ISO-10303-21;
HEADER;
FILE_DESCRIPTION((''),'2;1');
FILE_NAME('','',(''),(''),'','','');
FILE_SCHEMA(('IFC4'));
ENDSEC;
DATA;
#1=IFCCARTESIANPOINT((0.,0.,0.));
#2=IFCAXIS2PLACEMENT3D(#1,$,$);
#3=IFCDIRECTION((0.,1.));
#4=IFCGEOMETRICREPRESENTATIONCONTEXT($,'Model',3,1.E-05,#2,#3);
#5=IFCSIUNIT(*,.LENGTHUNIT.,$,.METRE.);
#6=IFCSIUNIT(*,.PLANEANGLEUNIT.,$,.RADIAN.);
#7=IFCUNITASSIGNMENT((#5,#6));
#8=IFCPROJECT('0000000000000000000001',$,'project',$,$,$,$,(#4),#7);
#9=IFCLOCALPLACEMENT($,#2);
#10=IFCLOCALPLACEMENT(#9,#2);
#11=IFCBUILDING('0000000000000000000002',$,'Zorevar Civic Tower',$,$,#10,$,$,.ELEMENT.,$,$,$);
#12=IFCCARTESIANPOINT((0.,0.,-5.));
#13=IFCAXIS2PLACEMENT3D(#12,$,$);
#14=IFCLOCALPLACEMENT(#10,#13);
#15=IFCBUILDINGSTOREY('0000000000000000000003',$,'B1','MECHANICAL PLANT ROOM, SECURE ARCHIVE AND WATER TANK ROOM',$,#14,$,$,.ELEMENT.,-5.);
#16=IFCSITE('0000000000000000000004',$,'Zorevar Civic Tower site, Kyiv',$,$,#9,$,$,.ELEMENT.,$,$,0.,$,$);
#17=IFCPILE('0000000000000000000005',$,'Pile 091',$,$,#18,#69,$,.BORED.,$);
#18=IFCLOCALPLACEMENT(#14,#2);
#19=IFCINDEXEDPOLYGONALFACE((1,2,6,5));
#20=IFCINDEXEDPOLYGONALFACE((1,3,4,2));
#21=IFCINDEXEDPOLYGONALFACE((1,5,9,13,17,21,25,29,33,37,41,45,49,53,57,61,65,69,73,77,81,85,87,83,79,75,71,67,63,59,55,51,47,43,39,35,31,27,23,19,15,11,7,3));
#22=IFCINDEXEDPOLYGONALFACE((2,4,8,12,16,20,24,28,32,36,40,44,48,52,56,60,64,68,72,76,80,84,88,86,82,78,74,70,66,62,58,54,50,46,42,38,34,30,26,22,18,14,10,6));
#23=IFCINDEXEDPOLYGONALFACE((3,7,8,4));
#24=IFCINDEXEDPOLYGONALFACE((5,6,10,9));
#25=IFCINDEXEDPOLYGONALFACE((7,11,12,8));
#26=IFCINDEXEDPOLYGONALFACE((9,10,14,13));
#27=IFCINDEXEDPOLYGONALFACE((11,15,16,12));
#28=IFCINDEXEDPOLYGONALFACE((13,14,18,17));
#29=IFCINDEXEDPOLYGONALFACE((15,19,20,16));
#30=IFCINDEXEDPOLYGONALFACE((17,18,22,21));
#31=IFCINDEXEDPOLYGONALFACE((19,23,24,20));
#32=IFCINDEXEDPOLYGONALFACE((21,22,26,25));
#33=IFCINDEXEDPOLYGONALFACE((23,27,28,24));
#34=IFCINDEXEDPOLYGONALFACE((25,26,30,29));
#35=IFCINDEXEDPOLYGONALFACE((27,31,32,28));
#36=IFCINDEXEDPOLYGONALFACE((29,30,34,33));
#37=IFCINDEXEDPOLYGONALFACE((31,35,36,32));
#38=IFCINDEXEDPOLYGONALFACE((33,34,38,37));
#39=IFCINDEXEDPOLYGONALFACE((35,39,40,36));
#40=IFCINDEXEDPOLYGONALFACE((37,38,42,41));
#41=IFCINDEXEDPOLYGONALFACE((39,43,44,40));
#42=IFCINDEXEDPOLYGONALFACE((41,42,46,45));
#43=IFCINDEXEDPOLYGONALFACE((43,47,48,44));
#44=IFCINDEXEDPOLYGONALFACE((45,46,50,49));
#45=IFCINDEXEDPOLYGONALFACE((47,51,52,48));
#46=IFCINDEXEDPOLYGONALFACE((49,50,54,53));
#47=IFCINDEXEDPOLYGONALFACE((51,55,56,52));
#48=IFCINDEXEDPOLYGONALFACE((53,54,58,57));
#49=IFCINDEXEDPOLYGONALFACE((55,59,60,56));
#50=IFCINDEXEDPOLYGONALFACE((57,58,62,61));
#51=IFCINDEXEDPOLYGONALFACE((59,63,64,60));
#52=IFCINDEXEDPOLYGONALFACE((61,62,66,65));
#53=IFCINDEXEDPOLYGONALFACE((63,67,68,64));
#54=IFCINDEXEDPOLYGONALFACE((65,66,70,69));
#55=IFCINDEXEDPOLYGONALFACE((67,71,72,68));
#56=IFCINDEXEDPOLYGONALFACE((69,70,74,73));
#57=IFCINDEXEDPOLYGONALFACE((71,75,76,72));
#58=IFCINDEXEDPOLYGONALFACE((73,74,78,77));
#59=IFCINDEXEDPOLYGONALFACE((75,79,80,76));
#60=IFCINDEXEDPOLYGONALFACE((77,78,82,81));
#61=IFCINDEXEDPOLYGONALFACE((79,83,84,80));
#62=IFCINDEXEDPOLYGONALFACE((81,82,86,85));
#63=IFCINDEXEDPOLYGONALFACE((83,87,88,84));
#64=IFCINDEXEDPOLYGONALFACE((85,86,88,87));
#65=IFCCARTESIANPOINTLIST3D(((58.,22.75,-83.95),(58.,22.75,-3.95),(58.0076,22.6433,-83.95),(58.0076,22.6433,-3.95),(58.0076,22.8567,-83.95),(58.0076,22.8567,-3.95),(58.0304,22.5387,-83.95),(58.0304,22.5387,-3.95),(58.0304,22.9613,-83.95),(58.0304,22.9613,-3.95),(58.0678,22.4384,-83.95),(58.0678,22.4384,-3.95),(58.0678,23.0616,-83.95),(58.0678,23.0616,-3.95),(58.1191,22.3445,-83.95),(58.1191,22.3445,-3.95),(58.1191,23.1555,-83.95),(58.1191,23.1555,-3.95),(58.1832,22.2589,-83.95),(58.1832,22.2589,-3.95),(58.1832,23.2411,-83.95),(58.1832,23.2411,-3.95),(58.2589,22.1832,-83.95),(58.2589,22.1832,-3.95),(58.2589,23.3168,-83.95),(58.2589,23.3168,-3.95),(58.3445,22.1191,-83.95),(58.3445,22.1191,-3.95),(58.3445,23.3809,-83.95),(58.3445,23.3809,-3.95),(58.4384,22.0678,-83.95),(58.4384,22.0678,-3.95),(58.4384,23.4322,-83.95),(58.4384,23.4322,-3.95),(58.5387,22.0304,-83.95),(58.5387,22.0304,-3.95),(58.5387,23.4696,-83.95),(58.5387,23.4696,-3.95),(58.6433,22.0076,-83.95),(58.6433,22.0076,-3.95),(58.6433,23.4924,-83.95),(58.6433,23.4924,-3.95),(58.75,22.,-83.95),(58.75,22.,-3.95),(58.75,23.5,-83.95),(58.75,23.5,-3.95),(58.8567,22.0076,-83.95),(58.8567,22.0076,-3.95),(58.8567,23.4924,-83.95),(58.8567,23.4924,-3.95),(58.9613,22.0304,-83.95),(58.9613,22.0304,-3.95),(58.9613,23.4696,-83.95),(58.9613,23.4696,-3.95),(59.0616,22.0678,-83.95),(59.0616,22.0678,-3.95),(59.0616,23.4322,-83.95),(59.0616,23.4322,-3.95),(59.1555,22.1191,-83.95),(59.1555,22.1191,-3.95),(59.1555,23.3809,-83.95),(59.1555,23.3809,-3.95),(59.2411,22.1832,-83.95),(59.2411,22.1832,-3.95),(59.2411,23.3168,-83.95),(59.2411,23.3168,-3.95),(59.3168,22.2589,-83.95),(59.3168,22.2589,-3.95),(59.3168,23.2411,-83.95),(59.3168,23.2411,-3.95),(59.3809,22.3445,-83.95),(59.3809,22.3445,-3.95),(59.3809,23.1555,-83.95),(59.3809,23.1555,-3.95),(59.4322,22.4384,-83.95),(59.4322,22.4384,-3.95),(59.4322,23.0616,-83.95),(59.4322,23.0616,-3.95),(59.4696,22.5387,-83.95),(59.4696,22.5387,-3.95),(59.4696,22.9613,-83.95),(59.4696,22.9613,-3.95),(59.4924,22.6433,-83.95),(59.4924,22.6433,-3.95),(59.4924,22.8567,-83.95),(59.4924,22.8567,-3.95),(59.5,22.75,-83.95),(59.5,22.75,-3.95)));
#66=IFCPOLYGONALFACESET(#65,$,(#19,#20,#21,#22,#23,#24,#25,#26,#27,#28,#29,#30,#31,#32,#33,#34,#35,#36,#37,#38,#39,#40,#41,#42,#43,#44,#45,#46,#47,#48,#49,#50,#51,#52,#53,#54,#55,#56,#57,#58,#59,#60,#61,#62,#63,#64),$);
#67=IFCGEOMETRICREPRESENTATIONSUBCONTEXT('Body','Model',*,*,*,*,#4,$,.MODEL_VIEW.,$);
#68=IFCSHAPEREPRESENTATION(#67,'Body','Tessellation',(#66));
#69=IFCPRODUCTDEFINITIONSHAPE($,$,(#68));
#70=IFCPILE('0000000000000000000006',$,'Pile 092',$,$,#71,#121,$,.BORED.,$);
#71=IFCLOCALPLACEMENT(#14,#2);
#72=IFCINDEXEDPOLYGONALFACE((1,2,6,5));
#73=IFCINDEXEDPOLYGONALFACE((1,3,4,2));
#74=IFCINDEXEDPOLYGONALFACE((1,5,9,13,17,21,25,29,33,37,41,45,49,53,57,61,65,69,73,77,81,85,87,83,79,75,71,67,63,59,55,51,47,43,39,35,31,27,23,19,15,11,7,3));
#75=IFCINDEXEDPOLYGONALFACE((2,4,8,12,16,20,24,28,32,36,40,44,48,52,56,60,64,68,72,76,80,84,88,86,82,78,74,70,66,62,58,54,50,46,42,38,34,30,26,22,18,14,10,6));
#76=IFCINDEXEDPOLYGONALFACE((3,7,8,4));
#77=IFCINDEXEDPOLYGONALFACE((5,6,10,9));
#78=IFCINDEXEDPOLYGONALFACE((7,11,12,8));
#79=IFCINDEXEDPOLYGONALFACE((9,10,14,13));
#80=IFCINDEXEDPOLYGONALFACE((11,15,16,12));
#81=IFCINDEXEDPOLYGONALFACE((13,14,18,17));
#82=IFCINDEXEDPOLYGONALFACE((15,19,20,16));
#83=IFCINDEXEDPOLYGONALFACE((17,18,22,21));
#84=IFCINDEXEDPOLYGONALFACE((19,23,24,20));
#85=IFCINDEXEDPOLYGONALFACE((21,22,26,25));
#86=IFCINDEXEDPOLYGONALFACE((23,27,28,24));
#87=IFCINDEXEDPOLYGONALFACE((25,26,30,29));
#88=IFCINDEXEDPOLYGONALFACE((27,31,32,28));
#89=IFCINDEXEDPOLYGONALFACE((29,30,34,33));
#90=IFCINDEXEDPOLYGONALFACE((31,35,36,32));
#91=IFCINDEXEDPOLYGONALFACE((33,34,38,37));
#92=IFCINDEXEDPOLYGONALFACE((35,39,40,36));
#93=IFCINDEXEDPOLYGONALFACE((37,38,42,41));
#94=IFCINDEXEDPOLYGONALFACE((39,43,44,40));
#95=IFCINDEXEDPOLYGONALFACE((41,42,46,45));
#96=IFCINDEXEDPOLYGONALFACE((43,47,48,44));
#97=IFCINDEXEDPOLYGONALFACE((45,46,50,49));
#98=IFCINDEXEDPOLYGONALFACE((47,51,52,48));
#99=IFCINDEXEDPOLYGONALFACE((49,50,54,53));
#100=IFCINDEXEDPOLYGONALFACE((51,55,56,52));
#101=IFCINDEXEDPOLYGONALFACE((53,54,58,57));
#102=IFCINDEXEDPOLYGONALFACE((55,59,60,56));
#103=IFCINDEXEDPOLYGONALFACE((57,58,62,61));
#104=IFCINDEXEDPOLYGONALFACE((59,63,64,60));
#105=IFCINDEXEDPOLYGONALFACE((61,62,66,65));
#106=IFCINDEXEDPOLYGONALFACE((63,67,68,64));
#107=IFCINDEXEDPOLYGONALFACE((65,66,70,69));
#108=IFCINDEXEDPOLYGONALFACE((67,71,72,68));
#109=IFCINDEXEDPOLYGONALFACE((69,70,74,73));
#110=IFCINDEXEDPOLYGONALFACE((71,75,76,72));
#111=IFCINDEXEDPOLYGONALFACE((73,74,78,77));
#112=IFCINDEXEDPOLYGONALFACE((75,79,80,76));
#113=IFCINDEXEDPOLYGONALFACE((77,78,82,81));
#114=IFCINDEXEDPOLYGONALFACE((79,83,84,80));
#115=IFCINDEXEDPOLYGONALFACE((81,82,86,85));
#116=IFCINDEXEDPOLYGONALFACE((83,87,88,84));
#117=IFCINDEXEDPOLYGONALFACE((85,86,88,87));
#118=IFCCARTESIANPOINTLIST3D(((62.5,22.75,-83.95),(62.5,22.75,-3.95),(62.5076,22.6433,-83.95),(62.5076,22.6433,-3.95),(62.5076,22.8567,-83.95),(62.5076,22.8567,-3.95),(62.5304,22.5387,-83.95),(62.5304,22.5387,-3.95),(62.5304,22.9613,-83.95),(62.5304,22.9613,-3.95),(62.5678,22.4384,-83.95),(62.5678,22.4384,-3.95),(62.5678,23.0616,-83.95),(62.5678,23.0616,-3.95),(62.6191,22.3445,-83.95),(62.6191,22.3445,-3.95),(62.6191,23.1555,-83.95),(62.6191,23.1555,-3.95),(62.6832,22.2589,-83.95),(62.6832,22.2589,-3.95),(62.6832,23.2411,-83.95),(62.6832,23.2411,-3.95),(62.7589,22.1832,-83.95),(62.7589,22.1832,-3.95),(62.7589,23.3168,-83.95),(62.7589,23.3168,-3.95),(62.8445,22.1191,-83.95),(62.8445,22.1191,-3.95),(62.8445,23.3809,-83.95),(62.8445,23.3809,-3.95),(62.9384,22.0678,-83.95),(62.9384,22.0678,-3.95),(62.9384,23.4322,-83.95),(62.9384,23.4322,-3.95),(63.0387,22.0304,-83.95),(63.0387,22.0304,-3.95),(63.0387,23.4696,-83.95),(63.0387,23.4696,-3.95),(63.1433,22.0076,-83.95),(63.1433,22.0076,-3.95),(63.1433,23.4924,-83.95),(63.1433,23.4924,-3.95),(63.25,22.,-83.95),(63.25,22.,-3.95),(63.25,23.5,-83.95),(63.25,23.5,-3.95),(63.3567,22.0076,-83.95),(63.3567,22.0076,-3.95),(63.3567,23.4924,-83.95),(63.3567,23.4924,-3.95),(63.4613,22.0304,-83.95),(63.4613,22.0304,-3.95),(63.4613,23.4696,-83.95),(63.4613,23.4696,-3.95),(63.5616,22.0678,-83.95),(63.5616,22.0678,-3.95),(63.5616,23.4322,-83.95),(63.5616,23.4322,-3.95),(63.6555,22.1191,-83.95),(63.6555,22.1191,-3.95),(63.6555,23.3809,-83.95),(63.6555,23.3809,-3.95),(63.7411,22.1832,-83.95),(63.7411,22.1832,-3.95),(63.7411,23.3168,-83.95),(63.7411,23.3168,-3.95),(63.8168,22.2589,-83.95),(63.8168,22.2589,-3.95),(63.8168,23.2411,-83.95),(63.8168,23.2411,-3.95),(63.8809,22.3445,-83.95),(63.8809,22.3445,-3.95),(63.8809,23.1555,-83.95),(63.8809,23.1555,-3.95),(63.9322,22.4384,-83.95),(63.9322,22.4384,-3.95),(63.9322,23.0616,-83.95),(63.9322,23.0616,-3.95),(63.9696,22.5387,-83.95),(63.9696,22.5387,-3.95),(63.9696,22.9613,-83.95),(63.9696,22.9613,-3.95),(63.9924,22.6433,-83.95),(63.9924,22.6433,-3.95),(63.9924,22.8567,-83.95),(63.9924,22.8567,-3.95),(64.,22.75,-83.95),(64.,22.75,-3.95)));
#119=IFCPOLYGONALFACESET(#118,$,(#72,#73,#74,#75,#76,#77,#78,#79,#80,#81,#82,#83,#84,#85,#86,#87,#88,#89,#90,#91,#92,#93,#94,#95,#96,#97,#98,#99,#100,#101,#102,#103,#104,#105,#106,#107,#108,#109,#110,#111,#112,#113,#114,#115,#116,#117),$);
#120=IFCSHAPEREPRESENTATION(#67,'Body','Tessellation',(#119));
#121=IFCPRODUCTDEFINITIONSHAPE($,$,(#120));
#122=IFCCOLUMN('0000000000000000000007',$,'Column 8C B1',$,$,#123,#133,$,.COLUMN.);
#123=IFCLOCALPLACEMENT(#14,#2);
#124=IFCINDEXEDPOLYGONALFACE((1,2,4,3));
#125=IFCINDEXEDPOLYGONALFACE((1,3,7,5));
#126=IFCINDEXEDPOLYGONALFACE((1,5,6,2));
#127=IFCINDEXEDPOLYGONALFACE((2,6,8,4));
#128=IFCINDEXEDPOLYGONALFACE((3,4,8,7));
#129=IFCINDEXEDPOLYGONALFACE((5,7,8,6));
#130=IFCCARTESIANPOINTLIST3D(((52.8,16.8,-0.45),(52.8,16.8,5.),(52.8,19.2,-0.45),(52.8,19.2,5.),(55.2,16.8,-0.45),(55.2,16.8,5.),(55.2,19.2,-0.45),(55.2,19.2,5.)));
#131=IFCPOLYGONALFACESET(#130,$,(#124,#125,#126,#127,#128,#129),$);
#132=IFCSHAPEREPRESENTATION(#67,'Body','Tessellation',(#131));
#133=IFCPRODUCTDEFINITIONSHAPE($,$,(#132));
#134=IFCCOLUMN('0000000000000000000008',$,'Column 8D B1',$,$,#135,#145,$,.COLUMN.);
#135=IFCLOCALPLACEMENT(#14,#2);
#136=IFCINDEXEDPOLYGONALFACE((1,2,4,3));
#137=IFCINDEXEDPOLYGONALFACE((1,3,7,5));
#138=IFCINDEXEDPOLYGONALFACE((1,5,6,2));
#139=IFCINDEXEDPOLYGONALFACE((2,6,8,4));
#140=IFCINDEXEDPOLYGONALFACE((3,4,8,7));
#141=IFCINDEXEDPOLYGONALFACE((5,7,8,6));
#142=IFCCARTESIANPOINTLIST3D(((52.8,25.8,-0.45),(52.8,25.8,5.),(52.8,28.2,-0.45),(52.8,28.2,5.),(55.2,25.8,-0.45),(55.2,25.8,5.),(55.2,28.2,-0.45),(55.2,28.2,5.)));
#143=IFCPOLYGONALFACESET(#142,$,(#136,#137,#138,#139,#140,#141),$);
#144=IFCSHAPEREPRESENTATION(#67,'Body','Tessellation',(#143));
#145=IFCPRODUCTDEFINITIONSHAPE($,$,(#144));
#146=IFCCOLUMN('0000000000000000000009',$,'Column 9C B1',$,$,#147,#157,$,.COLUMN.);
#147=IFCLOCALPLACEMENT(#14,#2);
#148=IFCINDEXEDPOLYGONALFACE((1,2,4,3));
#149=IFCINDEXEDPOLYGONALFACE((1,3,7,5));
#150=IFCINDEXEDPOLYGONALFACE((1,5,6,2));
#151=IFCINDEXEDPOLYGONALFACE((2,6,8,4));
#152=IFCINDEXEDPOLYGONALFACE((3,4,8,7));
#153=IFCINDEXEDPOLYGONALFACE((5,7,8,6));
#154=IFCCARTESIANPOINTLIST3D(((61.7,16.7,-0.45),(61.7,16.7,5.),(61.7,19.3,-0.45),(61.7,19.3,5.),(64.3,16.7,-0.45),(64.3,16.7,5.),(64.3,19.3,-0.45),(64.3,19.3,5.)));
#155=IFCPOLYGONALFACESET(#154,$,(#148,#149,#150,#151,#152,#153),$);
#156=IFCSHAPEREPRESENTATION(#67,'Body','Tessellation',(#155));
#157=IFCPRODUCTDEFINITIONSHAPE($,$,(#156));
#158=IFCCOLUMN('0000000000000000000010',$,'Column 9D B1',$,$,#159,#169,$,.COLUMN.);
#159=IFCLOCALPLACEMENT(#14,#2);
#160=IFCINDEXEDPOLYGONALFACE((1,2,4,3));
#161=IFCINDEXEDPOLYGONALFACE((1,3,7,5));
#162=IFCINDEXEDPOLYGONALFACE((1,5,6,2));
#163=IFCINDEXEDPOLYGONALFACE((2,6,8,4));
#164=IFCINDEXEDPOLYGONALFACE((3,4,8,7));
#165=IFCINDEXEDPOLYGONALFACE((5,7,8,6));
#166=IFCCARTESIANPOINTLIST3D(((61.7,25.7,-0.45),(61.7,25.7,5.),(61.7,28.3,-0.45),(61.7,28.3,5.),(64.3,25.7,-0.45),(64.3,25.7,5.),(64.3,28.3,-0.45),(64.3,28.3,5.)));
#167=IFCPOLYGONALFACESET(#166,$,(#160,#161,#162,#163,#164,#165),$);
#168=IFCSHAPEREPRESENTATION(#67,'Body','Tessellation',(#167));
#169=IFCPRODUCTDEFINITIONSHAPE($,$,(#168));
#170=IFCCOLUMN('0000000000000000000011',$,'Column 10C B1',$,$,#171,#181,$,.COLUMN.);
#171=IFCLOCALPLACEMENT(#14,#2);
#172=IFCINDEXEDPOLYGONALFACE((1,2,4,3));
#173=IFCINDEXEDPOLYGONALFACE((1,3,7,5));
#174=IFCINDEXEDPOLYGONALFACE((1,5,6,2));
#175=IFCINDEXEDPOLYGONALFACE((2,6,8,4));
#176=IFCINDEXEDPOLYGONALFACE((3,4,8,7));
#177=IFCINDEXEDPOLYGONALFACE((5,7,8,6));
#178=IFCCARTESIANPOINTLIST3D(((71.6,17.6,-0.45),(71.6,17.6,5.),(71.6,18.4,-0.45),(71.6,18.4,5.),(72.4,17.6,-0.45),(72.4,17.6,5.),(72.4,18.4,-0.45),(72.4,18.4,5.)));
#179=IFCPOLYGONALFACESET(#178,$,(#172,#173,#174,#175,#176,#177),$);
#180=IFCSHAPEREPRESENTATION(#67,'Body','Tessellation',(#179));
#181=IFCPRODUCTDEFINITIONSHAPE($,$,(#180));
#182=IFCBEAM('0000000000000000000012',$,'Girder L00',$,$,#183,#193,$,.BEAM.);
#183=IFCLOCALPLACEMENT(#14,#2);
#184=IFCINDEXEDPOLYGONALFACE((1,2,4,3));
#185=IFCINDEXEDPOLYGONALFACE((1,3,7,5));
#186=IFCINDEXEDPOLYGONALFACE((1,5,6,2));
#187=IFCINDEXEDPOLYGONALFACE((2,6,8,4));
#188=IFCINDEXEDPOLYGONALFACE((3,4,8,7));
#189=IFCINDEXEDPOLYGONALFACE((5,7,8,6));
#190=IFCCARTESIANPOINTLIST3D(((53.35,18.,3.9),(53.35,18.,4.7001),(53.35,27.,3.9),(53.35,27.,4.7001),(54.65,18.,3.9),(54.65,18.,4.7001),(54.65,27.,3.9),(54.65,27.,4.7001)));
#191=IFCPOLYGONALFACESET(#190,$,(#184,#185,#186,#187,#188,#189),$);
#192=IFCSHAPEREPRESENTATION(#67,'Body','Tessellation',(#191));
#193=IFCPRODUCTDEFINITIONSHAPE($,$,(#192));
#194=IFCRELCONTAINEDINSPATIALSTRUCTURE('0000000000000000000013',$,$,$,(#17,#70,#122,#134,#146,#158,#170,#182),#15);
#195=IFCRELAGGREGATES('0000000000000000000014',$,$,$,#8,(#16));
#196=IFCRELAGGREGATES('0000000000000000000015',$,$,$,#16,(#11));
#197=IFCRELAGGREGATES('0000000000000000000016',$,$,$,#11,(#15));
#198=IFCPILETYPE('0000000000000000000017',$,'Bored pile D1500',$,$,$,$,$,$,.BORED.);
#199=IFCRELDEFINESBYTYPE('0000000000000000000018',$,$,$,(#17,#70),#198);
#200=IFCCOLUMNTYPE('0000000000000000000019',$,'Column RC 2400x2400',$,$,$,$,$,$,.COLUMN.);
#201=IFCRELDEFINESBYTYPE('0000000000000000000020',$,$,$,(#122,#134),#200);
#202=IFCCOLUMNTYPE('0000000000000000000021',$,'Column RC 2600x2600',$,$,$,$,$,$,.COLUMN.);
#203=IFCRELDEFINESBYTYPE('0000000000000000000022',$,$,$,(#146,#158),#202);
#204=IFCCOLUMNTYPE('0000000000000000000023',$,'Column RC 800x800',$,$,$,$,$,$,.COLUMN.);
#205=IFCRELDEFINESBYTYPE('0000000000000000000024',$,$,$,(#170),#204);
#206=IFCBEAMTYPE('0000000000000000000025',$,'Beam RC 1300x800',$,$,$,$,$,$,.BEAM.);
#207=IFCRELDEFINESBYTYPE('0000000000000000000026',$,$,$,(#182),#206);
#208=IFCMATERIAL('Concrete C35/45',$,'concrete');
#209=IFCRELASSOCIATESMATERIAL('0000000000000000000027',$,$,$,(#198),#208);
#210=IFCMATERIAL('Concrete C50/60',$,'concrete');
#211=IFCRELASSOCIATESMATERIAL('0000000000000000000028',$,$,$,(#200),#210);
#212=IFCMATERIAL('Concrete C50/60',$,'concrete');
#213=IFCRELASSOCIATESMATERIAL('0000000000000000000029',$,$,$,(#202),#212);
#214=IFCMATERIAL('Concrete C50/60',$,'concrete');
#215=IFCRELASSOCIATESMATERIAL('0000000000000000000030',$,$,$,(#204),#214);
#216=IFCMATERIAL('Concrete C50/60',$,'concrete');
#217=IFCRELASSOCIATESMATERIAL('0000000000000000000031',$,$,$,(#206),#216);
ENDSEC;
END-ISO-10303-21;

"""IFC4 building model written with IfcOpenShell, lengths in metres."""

from ifc_helpers import new_model, si_unit, direction, frame, origin, origin_2d, place, context, subcontext, project, spatial, rectangle, circle, extrude, material, material_profile, profile_set, type_object, element, save


model = new_model("IFC4")

# Units and contexts
model_context = context("Model", 3, precision=1e-05, world=origin(), true_north=direction((0.0, 1.0)))
body_context = subcontext(model_context, "Body", "Model", "MODEL_VIEW")
ifc_project = project(units=[si_unit("LENGTHUNIT", "METRE"), si_unit("PLANEANGLEUNIT", "RADIAN")], contexts=[model_context])

# Site, building, storey
site_placement = place(None, origin())
site = spatial("IfcSite", under=ifc_project, at=site_placement, Name="Zorevar Civic Tower site, Kyiv", CompositionType="ELEMENT", RefElevation=0.0)
building_placement = place(site_placement, origin())
building = spatial("IfcBuilding", under=site, at=building_placement, Name="Zorevar Civic Tower", CompositionType="ELEMENT")
storey_placement = place(building_placement, frame((0.0, 0.0, -5.0)))
storey = spatial("IfcBuildingStorey", under=building, at=storey_placement, Name="B1", Description="MECHANICAL PLANT ROOM, SECURE ARCHIVE AND WATER TANK ROOM", CompositionType="ELEMENT", Elevation=-5.0)

# Piles
ifc_material_1 = material(Name="Concrete C35/45", Category="concrete")
pile_type_1 = type_object("IfcPileType", Name="Bored pile D1500", PredefinedType="BORED", material=ifc_material_1)
for number, where, z_axis, x_axis, name in (
    (1, (58.75, 22.75, -3.95), (0.0, 0.0, -1.0), (1.0, 0.0, 0.0), "Pile 091"),
    (2, (63.25, 22.75, -3.95), (0.0, 0.0, -1.0), (1.0, 0.0, 0.0), "Pile 092"),
):
    element("IfcPile", number, at=place(storey_placement, frame(where, z_axis=z_axis, x_axis=x_axis)), inside=storey, type_object=pile_type_1, Name=name, PredefinedType="BORED", context=body_context, shape_type="SweptSolid", body=[
        extrude(circle(Radius=0.75, at=origin_2d()), origin(), (0.0, 0.0, 1.0), 80.0),
    ])

# Columns
ifc_material_2 = material(Name="Concrete C50/60", Category="concrete")
ifc_material_profile_1 = material_profile(ifc_material_2, rectangle(XDim=2.3999, YDim=2.3999, at=origin_2d()), Name="RC 2400x2400")
ifc_profile_set_1 = profile_set([ifc_material_profile_1], Name="Concrete C50/60")
column_type_1 = type_object("IfcColumnType", Name="Column RC 2400x2400", PredefinedType="COLUMN", material=ifc_profile_set_1)
for number, where, z_axis, x_axis, name in (
    (3, (54.0, 18.0, -0.45), (0.0, 0.0, 1.0), (1.0, 0.0, 0.0), "Column 8C B1"),
    (4, (54.0, 27.0, -0.45), (0.0, 0.0, 1.0), (1.0, 0.0, 0.0), "Column 8D B1"),
):
    element("IfcColumn", number, at=place(storey_placement, frame(where, z_axis=z_axis, x_axis=x_axis)), inside=storey, type_object=column_type_1, Name=name, PredefinedType="COLUMN", context=body_context, shape_type="SweptSolid", body=[
        extrude(rectangle(XDim=2.3999, YDim=2.3999, at=origin_2d()), origin(), (0.0, 0.0, 1.0), 5.45),
    ])
ifc_material_3 = material(Name="Concrete C50/60", Category="concrete")
ifc_material_profile_2 = material_profile(ifc_material_3, rectangle(XDim=2.6001, YDim=2.6001, at=origin_2d()), Name="RC 2600x2600")
ifc_profile_set_2 = profile_set([ifc_material_profile_2], Name="Concrete C50/60")
column_type_2 = type_object("IfcColumnType", Name="Column RC 2600x2600", PredefinedType="COLUMN", material=ifc_profile_set_2)
for number, where, z_axis, x_axis, name in (
    (5, (63.0, 18.0, -0.45), (0.0, 0.0, 1.0), (1.0, 0.0, 0.0), "Column 9C B1"),
    (6, (63.0, 27.0, -0.45), (0.0, 0.0, 1.0), (1.0, 0.0, 0.0), "Column 9D B1"),
):
    element("IfcColumn", number, at=place(storey_placement, frame(where, z_axis=z_axis, x_axis=x_axis)), inside=storey, type_object=column_type_2, Name=name, PredefinedType="COLUMN", context=body_context, shape_type="SweptSolid", body=[
        extrude(rectangle(XDim=2.6001, YDim=2.6001, at=origin_2d()), origin(), (0.0, 0.0, 1.0), 5.45),
    ])
ifc_material_4 = material(Name="Concrete C50/60", Category="concrete")
ifc_material_profile_3 = material_profile(ifc_material_4, rectangle(XDim=0.8, YDim=0.8, at=origin_2d()), Name="RC 800x800")
ifc_profile_set_3 = profile_set([ifc_material_profile_3], Name="Concrete C50/60")
column_type_3 = type_object("IfcColumnType", Name="Column RC 800x800", PredefinedType="COLUMN", material=ifc_profile_set_3)
column_placement = place(storey_placement, frame((72.0, 18.0, -0.45), z_axis=(0.0, 0.0, 1.0), x_axis=(1.0, 0.0, 0.0)))
element("IfcColumn", 7, at=column_placement, inside=storey, type_object=column_type_3, Name="Column 10C B1", PredefinedType="COLUMN", context=body_context, shape_type="SweptSolid", body=[
    extrude(rectangle(XDim=0.8, YDim=0.8, at=origin_2d()), origin(), (0.0, 0.0, 1.0), 5.45),
])

# Beam
ifc_material_5 = material(Name="Concrete C50/60", Category="concrete")
ifc_material_profile_4 = material_profile(ifc_material_5, rectangle(XDim=1.3, YDim=0.8, at=origin_2d()), Name="RC 1300x800")
ifc_profile_set_4 = profile_set([ifc_material_profile_4], Name="Concrete C50/60")
beam_type_1 = type_object("IfcBeamType", Name="Beam RC 1300x800", PredefinedType="BEAM", material=ifc_profile_set_4)
for number, where, z_axis, x_axis, name in (
    (8, (54.0, 18.0, 4.3), (0.0, 1.0, 0.0), (-1.0, 0.0, 0.0), "Girder L00"),
):
    element("IfcBeam", number, at=place(storey_placement, frame(where, z_axis=z_axis, x_axis=x_axis)), inside=storey, type_object=beam_type_1, Name=name, PredefinedType="BEAM", context=body_context, shape_type="SweptSolid", body=[
        extrude(rectangle(XDim=1.3, YDim=0.8, at=origin_2d()), origin(), (0.0, 0.0, 1.0), 9.0),
    ])

save(model, "model.ifc")
